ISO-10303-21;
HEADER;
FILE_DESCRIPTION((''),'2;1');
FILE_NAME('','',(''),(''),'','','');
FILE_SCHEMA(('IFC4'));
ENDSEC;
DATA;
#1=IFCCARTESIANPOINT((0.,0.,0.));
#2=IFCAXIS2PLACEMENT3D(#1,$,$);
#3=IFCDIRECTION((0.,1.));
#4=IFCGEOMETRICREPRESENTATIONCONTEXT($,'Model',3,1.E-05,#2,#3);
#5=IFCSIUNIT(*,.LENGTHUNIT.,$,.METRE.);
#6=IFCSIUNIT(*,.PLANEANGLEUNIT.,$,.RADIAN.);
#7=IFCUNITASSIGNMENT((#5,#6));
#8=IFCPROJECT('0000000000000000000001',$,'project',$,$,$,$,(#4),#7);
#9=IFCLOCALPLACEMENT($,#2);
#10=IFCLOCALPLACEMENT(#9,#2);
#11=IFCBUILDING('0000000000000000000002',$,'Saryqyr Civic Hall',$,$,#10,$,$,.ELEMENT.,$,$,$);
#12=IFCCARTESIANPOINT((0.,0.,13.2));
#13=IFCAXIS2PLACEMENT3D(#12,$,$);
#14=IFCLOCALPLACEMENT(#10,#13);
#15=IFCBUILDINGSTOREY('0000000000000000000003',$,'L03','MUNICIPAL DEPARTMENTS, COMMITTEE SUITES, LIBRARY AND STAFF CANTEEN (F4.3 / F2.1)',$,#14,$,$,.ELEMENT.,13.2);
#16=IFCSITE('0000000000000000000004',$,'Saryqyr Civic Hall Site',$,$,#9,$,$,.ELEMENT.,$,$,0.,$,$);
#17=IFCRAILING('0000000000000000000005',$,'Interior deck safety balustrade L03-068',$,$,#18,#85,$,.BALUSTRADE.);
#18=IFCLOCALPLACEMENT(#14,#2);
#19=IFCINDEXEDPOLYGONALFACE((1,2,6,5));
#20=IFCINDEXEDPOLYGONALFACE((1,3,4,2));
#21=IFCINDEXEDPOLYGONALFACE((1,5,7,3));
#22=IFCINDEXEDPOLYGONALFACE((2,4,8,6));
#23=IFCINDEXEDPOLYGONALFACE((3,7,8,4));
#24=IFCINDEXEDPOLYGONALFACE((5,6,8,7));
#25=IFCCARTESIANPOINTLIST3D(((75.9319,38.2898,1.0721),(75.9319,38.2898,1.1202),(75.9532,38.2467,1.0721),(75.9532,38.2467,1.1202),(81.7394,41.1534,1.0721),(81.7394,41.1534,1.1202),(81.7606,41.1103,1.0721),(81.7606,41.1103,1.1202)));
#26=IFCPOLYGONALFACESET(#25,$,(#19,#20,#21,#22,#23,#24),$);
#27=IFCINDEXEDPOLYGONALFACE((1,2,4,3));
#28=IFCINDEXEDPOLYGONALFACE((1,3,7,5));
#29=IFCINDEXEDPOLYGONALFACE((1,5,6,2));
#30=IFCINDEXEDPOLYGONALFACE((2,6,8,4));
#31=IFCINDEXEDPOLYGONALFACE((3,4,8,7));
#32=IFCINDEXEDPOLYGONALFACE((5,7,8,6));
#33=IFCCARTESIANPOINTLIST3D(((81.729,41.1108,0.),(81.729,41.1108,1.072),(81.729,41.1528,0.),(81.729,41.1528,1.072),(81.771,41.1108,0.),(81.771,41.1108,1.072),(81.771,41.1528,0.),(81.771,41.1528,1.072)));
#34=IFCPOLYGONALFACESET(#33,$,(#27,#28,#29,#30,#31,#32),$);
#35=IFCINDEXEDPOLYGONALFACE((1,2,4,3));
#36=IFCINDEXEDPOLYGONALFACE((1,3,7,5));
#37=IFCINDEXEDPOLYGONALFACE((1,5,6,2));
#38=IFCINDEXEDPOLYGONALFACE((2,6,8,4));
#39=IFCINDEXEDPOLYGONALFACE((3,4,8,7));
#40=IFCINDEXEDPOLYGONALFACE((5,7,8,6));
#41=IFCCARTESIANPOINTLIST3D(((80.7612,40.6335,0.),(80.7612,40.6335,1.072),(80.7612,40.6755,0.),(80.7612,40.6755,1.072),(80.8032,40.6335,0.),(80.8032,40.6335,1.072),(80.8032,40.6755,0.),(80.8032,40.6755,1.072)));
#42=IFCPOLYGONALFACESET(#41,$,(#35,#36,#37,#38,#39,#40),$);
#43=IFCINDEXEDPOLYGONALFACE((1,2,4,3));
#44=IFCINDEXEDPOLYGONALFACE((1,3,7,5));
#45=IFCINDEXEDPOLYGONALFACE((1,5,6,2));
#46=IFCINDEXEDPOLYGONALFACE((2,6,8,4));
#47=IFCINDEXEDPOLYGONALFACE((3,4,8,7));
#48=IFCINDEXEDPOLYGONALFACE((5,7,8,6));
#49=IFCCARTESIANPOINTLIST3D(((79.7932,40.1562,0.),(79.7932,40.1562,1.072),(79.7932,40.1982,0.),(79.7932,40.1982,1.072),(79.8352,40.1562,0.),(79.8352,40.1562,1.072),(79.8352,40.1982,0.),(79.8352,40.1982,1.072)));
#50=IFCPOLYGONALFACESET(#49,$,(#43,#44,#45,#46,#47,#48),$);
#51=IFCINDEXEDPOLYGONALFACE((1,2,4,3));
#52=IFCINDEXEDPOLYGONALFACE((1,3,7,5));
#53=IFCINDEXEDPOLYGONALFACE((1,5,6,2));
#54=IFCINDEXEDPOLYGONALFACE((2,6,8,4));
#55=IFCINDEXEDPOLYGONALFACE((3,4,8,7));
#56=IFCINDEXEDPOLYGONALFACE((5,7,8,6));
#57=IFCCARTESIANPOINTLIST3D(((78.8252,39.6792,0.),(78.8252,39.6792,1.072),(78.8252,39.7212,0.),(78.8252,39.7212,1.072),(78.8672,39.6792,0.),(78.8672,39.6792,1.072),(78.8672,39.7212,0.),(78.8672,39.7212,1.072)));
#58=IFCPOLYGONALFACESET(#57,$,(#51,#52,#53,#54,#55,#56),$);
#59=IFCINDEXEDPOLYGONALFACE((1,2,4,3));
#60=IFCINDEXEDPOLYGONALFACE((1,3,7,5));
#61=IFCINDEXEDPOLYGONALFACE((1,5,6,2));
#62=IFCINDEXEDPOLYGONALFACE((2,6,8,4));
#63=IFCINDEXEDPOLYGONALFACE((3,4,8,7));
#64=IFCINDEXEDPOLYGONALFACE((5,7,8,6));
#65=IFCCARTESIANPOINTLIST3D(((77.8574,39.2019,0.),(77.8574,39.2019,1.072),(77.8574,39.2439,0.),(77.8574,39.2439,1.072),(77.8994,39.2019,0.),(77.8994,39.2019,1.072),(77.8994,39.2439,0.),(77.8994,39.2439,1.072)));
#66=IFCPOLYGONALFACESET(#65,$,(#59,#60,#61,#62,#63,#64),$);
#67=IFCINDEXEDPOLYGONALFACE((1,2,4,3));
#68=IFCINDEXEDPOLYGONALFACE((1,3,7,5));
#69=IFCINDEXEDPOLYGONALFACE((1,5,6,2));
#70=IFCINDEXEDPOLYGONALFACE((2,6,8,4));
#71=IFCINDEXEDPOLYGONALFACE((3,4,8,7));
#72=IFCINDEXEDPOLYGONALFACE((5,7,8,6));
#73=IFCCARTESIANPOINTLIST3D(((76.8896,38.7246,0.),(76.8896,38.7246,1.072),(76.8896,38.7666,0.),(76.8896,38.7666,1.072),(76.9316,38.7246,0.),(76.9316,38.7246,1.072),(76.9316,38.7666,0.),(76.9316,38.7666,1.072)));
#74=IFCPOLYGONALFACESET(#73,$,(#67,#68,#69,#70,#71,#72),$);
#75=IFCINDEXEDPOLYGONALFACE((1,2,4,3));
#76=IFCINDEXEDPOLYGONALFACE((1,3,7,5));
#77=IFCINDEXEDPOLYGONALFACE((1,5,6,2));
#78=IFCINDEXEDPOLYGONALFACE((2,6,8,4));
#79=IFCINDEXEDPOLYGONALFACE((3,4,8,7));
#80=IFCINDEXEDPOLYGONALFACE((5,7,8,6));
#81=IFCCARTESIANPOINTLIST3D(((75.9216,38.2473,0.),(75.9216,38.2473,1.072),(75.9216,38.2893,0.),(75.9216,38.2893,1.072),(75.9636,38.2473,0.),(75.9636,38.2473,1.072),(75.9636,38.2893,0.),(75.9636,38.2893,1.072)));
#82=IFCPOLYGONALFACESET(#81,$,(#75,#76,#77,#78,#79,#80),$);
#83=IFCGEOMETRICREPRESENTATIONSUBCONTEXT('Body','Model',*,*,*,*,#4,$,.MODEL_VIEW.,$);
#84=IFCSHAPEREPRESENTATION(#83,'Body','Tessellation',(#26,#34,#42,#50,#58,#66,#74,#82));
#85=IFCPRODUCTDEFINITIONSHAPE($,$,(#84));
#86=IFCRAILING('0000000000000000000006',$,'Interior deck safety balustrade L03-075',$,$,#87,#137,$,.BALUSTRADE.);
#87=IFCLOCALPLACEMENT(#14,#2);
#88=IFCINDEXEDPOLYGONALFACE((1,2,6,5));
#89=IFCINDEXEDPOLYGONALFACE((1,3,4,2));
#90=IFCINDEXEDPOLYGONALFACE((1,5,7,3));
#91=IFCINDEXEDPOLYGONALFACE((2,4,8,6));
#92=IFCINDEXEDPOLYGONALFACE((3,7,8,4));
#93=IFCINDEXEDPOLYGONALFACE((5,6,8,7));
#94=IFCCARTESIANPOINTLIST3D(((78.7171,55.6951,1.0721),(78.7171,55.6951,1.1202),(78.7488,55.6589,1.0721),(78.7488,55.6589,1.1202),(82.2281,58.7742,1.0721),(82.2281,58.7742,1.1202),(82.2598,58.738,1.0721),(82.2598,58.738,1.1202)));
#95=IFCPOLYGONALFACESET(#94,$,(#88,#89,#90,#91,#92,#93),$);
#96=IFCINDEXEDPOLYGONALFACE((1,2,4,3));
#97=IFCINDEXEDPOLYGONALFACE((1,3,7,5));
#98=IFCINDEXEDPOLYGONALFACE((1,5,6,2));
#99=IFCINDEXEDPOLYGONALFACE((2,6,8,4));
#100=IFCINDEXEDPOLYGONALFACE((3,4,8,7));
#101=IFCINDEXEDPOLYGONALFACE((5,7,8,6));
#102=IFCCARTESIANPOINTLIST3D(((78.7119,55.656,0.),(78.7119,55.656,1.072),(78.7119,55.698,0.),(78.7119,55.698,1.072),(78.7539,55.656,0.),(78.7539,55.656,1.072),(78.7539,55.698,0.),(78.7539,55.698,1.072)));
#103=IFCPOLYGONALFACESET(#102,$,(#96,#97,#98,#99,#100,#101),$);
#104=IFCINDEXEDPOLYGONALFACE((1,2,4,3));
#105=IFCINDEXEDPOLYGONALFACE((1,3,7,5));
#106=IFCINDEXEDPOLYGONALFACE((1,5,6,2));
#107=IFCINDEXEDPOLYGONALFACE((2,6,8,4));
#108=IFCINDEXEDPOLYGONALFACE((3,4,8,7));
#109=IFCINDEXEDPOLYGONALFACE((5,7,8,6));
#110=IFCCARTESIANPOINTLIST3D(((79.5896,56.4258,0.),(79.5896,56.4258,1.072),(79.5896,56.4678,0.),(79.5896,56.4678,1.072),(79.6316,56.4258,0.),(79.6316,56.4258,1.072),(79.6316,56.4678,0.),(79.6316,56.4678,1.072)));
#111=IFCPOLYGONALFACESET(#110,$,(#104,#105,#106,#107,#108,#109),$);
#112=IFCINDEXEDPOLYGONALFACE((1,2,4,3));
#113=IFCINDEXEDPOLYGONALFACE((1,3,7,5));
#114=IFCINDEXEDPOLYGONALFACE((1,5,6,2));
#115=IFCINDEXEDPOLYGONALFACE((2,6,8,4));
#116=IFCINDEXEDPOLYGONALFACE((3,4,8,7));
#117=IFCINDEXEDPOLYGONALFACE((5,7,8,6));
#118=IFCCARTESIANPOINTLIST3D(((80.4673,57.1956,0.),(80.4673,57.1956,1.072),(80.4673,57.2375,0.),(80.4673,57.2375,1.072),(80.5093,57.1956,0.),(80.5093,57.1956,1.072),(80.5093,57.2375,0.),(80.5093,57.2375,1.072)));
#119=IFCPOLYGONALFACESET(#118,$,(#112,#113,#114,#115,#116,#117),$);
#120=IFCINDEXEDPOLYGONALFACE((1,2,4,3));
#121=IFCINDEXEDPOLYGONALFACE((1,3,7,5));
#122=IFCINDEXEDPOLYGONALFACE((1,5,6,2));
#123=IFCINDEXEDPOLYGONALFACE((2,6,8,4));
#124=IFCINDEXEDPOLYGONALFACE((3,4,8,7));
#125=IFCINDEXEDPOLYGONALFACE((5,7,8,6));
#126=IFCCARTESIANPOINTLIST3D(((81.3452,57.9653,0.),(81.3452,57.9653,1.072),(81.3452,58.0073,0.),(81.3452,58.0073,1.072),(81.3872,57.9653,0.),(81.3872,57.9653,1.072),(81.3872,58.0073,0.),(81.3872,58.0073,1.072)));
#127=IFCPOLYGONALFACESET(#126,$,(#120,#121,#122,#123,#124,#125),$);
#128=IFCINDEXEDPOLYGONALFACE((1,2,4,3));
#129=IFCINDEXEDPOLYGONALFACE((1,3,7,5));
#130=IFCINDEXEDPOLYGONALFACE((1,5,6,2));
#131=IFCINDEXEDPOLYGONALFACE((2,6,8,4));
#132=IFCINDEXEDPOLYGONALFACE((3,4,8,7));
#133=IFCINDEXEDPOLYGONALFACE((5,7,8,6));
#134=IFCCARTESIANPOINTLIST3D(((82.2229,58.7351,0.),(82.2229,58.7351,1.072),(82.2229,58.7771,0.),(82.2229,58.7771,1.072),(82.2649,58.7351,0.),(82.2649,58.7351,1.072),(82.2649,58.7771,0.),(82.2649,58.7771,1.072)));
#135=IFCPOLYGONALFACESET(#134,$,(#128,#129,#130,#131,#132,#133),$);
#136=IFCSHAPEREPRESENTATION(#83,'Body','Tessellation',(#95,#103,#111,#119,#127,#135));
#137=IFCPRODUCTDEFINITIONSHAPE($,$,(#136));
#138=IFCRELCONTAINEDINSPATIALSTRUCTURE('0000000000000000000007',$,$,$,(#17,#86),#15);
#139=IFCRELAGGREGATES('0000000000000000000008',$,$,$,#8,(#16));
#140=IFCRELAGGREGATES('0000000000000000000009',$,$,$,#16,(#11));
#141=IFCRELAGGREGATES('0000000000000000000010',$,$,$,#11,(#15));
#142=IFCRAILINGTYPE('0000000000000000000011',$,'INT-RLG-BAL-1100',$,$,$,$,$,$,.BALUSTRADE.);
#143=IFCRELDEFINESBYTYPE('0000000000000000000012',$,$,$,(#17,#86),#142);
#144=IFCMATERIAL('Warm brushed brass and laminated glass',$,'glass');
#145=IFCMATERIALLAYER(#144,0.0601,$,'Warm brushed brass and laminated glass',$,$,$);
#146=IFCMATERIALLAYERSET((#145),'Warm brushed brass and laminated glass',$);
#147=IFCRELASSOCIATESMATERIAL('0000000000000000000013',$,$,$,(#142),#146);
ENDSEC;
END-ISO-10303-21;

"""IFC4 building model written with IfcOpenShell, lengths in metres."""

from ifc_helpers import new_model, si_unit, direction, frame, origin, origin_2d, place, context, subcontext, project, spatial, rectangle, extrude, material, layer, layer_set, type_object, element, save


model = new_model("IFC4")

# Units and contexts
model_context = context("Model", 3, precision=1e-05, world=origin(), true_north=direction((0.0, 1.0)))
body_context = subcontext(model_context, "Body", "Model", "MODEL_VIEW")
ifc_project = project(units=[si_unit("LENGTHUNIT", "METRE"), si_unit("PLANEANGLEUNIT", "RADIAN")], contexts=[model_context])

# Site, building, storey
site_placement = place(None, origin())
site = spatial("IfcSite", under=ifc_project, at=site_placement, Name="Saryqyr Civic Hall Site", CompositionType="ELEMENT", RefElevation=0.0)
building_placement = place(site_placement, origin())
building = spatial("IfcBuilding", under=site, at=building_placement, Name="Saryqyr Civic Hall", CompositionType="ELEMENT")
storey_placement = place(building_placement, frame((0.0, 0.0, 13.2)))
storey = spatial("IfcBuildingStorey", under=building, at=storey_placement, Name="L03", Description="MUNICIPAL DEPARTMENTS, COMMITTEE SUITES, LIBRARY AND STAFF CANTEEN (F4.3 / F2.1)", CompositionType="ELEMENT", Elevation=13.2)

# Railings
ifc_material_1 = material(Name="Warm brushed brass and laminated glass", Category="glass")
ifc_layer_1 = layer(ifc_material_1, 0.0601, Name="Warm brushed brass and laminated glass")
ifc_layer_set_1 = layer_set([ifc_layer_1], Name="Warm brushed brass and laminated glass")
railing_type = type_object("IfcRailingType", Name="INT-RLG-BAL-1100", PredefinedType="BALUSTRADE", material=ifc_layer_set_1)
railing_1_placement = place(storey_placement, frame((81.75, 41.1318, 0.0)))
element("IfcRailing", 1, at=railing_1_placement, inside=storey, type_object=railing_type, Name="Interior deck safety balustrade L03-068", PredefinedType="BALUSTRADE", context=body_context, shape_type="SweptSolid", body=[
    extrude(rectangle(XDim=0.0481, YDim=0.0481, at=origin_2d()), frame((0.0, 0.0, 1.0962), z_axis=(-0.896894, -0.442245, 0.0), x_axis=(0.442245, -0.896894, 0.0)), (0.0, 0.0, 1.0), 6.4751),
    extrude(rectangle(XDim=0.042, YDim=0.042, at=origin_2d()), origin(), (0.0, 0.0, 1.0), 1.072),
    extrude(rectangle(XDim=0.042, YDim=0.042, at=origin_2d()), frame((-0.9678, -0.4773, 0.0)), (0.0, 0.0, 1.0), 1.072),
    extrude(rectangle(XDim=0.042, YDim=0.042, at=origin_2d()), frame((-1.9358, -0.9546, 0.0)), (0.0, 0.0, 1.0), 1.072),
    extrude(rectangle(XDim=0.042, YDim=0.042, at=origin_2d()), frame((-2.9038, -1.4316, 0.0)), (0.0, 0.0, 1.0), 1.072),
    extrude(rectangle(XDim=0.042, YDim=0.042, at=origin_2d()), frame((-3.8716, -1.9089, 0.0)), (0.0, 0.0, 1.0), 1.072),
    extrude(rectangle(XDim=0.042, YDim=0.042, at=origin_2d()), frame((-4.8394, -2.3862, 0.0)), (0.0, 0.0, 1.0), 1.072),
    extrude(rectangle(XDim=0.042, YDim=0.042, at=origin_2d()), frame((-5.8074, -2.8635, 0.0)), (0.0, 0.0, 1.0), 1.072),
])
railing_2_placement = place(storey_placement, frame((78.7329, 55.677, 0.0)))
element("IfcRailing", 2, at=railing_2_placement, inside=storey, type_object=railing_type, Name="Interior deck safety balustrade L03-075", PredefinedType="BALUSTRADE", context=body_context, shape_type="SweptSolid", body=[
    extrude(rectangle(XDim=0.0481, YDim=0.0481, at=origin_2d()), frame((0.0, 0.0, 1.0962), z_axis=(0.751835, 0.659352, 0.0), x_axis=(-0.659352, 0.751835, 0.0)), (0.0, 0.0, 1.0), 4.6699),
    extrude(rectangle(XDim=0.042, YDim=0.042, at=origin_2d()), origin(), (0.0, 0.0, 1.0), 1.072),
    extrude(rectangle(XDim=0.042, YDim=0.042, at=origin_2d()), frame((0.8777, 0.7698, 0.0)), (0.0, 0.0, 1.0), 1.072),
    extrude(rectangle(XDim=0.042, YDim=0.042, at=origin_2d()), frame((1.7554, 1.5396, 0.0)), (0.0, 0.0, 1.0), 1.072),
    extrude(rectangle(XDim=0.042, YDim=0.042, at=origin_2d()), frame((2.6333, 2.3093, 0.0)), (0.0, 0.0, 1.0), 1.072),
    extrude(rectangle(XDim=0.042, YDim=0.042, at=origin_2d()), frame((3.511, 3.0791, 0.0)), (0.0, 0.0, 1.0), 1.072),
])

save(model, "model.ifc")
